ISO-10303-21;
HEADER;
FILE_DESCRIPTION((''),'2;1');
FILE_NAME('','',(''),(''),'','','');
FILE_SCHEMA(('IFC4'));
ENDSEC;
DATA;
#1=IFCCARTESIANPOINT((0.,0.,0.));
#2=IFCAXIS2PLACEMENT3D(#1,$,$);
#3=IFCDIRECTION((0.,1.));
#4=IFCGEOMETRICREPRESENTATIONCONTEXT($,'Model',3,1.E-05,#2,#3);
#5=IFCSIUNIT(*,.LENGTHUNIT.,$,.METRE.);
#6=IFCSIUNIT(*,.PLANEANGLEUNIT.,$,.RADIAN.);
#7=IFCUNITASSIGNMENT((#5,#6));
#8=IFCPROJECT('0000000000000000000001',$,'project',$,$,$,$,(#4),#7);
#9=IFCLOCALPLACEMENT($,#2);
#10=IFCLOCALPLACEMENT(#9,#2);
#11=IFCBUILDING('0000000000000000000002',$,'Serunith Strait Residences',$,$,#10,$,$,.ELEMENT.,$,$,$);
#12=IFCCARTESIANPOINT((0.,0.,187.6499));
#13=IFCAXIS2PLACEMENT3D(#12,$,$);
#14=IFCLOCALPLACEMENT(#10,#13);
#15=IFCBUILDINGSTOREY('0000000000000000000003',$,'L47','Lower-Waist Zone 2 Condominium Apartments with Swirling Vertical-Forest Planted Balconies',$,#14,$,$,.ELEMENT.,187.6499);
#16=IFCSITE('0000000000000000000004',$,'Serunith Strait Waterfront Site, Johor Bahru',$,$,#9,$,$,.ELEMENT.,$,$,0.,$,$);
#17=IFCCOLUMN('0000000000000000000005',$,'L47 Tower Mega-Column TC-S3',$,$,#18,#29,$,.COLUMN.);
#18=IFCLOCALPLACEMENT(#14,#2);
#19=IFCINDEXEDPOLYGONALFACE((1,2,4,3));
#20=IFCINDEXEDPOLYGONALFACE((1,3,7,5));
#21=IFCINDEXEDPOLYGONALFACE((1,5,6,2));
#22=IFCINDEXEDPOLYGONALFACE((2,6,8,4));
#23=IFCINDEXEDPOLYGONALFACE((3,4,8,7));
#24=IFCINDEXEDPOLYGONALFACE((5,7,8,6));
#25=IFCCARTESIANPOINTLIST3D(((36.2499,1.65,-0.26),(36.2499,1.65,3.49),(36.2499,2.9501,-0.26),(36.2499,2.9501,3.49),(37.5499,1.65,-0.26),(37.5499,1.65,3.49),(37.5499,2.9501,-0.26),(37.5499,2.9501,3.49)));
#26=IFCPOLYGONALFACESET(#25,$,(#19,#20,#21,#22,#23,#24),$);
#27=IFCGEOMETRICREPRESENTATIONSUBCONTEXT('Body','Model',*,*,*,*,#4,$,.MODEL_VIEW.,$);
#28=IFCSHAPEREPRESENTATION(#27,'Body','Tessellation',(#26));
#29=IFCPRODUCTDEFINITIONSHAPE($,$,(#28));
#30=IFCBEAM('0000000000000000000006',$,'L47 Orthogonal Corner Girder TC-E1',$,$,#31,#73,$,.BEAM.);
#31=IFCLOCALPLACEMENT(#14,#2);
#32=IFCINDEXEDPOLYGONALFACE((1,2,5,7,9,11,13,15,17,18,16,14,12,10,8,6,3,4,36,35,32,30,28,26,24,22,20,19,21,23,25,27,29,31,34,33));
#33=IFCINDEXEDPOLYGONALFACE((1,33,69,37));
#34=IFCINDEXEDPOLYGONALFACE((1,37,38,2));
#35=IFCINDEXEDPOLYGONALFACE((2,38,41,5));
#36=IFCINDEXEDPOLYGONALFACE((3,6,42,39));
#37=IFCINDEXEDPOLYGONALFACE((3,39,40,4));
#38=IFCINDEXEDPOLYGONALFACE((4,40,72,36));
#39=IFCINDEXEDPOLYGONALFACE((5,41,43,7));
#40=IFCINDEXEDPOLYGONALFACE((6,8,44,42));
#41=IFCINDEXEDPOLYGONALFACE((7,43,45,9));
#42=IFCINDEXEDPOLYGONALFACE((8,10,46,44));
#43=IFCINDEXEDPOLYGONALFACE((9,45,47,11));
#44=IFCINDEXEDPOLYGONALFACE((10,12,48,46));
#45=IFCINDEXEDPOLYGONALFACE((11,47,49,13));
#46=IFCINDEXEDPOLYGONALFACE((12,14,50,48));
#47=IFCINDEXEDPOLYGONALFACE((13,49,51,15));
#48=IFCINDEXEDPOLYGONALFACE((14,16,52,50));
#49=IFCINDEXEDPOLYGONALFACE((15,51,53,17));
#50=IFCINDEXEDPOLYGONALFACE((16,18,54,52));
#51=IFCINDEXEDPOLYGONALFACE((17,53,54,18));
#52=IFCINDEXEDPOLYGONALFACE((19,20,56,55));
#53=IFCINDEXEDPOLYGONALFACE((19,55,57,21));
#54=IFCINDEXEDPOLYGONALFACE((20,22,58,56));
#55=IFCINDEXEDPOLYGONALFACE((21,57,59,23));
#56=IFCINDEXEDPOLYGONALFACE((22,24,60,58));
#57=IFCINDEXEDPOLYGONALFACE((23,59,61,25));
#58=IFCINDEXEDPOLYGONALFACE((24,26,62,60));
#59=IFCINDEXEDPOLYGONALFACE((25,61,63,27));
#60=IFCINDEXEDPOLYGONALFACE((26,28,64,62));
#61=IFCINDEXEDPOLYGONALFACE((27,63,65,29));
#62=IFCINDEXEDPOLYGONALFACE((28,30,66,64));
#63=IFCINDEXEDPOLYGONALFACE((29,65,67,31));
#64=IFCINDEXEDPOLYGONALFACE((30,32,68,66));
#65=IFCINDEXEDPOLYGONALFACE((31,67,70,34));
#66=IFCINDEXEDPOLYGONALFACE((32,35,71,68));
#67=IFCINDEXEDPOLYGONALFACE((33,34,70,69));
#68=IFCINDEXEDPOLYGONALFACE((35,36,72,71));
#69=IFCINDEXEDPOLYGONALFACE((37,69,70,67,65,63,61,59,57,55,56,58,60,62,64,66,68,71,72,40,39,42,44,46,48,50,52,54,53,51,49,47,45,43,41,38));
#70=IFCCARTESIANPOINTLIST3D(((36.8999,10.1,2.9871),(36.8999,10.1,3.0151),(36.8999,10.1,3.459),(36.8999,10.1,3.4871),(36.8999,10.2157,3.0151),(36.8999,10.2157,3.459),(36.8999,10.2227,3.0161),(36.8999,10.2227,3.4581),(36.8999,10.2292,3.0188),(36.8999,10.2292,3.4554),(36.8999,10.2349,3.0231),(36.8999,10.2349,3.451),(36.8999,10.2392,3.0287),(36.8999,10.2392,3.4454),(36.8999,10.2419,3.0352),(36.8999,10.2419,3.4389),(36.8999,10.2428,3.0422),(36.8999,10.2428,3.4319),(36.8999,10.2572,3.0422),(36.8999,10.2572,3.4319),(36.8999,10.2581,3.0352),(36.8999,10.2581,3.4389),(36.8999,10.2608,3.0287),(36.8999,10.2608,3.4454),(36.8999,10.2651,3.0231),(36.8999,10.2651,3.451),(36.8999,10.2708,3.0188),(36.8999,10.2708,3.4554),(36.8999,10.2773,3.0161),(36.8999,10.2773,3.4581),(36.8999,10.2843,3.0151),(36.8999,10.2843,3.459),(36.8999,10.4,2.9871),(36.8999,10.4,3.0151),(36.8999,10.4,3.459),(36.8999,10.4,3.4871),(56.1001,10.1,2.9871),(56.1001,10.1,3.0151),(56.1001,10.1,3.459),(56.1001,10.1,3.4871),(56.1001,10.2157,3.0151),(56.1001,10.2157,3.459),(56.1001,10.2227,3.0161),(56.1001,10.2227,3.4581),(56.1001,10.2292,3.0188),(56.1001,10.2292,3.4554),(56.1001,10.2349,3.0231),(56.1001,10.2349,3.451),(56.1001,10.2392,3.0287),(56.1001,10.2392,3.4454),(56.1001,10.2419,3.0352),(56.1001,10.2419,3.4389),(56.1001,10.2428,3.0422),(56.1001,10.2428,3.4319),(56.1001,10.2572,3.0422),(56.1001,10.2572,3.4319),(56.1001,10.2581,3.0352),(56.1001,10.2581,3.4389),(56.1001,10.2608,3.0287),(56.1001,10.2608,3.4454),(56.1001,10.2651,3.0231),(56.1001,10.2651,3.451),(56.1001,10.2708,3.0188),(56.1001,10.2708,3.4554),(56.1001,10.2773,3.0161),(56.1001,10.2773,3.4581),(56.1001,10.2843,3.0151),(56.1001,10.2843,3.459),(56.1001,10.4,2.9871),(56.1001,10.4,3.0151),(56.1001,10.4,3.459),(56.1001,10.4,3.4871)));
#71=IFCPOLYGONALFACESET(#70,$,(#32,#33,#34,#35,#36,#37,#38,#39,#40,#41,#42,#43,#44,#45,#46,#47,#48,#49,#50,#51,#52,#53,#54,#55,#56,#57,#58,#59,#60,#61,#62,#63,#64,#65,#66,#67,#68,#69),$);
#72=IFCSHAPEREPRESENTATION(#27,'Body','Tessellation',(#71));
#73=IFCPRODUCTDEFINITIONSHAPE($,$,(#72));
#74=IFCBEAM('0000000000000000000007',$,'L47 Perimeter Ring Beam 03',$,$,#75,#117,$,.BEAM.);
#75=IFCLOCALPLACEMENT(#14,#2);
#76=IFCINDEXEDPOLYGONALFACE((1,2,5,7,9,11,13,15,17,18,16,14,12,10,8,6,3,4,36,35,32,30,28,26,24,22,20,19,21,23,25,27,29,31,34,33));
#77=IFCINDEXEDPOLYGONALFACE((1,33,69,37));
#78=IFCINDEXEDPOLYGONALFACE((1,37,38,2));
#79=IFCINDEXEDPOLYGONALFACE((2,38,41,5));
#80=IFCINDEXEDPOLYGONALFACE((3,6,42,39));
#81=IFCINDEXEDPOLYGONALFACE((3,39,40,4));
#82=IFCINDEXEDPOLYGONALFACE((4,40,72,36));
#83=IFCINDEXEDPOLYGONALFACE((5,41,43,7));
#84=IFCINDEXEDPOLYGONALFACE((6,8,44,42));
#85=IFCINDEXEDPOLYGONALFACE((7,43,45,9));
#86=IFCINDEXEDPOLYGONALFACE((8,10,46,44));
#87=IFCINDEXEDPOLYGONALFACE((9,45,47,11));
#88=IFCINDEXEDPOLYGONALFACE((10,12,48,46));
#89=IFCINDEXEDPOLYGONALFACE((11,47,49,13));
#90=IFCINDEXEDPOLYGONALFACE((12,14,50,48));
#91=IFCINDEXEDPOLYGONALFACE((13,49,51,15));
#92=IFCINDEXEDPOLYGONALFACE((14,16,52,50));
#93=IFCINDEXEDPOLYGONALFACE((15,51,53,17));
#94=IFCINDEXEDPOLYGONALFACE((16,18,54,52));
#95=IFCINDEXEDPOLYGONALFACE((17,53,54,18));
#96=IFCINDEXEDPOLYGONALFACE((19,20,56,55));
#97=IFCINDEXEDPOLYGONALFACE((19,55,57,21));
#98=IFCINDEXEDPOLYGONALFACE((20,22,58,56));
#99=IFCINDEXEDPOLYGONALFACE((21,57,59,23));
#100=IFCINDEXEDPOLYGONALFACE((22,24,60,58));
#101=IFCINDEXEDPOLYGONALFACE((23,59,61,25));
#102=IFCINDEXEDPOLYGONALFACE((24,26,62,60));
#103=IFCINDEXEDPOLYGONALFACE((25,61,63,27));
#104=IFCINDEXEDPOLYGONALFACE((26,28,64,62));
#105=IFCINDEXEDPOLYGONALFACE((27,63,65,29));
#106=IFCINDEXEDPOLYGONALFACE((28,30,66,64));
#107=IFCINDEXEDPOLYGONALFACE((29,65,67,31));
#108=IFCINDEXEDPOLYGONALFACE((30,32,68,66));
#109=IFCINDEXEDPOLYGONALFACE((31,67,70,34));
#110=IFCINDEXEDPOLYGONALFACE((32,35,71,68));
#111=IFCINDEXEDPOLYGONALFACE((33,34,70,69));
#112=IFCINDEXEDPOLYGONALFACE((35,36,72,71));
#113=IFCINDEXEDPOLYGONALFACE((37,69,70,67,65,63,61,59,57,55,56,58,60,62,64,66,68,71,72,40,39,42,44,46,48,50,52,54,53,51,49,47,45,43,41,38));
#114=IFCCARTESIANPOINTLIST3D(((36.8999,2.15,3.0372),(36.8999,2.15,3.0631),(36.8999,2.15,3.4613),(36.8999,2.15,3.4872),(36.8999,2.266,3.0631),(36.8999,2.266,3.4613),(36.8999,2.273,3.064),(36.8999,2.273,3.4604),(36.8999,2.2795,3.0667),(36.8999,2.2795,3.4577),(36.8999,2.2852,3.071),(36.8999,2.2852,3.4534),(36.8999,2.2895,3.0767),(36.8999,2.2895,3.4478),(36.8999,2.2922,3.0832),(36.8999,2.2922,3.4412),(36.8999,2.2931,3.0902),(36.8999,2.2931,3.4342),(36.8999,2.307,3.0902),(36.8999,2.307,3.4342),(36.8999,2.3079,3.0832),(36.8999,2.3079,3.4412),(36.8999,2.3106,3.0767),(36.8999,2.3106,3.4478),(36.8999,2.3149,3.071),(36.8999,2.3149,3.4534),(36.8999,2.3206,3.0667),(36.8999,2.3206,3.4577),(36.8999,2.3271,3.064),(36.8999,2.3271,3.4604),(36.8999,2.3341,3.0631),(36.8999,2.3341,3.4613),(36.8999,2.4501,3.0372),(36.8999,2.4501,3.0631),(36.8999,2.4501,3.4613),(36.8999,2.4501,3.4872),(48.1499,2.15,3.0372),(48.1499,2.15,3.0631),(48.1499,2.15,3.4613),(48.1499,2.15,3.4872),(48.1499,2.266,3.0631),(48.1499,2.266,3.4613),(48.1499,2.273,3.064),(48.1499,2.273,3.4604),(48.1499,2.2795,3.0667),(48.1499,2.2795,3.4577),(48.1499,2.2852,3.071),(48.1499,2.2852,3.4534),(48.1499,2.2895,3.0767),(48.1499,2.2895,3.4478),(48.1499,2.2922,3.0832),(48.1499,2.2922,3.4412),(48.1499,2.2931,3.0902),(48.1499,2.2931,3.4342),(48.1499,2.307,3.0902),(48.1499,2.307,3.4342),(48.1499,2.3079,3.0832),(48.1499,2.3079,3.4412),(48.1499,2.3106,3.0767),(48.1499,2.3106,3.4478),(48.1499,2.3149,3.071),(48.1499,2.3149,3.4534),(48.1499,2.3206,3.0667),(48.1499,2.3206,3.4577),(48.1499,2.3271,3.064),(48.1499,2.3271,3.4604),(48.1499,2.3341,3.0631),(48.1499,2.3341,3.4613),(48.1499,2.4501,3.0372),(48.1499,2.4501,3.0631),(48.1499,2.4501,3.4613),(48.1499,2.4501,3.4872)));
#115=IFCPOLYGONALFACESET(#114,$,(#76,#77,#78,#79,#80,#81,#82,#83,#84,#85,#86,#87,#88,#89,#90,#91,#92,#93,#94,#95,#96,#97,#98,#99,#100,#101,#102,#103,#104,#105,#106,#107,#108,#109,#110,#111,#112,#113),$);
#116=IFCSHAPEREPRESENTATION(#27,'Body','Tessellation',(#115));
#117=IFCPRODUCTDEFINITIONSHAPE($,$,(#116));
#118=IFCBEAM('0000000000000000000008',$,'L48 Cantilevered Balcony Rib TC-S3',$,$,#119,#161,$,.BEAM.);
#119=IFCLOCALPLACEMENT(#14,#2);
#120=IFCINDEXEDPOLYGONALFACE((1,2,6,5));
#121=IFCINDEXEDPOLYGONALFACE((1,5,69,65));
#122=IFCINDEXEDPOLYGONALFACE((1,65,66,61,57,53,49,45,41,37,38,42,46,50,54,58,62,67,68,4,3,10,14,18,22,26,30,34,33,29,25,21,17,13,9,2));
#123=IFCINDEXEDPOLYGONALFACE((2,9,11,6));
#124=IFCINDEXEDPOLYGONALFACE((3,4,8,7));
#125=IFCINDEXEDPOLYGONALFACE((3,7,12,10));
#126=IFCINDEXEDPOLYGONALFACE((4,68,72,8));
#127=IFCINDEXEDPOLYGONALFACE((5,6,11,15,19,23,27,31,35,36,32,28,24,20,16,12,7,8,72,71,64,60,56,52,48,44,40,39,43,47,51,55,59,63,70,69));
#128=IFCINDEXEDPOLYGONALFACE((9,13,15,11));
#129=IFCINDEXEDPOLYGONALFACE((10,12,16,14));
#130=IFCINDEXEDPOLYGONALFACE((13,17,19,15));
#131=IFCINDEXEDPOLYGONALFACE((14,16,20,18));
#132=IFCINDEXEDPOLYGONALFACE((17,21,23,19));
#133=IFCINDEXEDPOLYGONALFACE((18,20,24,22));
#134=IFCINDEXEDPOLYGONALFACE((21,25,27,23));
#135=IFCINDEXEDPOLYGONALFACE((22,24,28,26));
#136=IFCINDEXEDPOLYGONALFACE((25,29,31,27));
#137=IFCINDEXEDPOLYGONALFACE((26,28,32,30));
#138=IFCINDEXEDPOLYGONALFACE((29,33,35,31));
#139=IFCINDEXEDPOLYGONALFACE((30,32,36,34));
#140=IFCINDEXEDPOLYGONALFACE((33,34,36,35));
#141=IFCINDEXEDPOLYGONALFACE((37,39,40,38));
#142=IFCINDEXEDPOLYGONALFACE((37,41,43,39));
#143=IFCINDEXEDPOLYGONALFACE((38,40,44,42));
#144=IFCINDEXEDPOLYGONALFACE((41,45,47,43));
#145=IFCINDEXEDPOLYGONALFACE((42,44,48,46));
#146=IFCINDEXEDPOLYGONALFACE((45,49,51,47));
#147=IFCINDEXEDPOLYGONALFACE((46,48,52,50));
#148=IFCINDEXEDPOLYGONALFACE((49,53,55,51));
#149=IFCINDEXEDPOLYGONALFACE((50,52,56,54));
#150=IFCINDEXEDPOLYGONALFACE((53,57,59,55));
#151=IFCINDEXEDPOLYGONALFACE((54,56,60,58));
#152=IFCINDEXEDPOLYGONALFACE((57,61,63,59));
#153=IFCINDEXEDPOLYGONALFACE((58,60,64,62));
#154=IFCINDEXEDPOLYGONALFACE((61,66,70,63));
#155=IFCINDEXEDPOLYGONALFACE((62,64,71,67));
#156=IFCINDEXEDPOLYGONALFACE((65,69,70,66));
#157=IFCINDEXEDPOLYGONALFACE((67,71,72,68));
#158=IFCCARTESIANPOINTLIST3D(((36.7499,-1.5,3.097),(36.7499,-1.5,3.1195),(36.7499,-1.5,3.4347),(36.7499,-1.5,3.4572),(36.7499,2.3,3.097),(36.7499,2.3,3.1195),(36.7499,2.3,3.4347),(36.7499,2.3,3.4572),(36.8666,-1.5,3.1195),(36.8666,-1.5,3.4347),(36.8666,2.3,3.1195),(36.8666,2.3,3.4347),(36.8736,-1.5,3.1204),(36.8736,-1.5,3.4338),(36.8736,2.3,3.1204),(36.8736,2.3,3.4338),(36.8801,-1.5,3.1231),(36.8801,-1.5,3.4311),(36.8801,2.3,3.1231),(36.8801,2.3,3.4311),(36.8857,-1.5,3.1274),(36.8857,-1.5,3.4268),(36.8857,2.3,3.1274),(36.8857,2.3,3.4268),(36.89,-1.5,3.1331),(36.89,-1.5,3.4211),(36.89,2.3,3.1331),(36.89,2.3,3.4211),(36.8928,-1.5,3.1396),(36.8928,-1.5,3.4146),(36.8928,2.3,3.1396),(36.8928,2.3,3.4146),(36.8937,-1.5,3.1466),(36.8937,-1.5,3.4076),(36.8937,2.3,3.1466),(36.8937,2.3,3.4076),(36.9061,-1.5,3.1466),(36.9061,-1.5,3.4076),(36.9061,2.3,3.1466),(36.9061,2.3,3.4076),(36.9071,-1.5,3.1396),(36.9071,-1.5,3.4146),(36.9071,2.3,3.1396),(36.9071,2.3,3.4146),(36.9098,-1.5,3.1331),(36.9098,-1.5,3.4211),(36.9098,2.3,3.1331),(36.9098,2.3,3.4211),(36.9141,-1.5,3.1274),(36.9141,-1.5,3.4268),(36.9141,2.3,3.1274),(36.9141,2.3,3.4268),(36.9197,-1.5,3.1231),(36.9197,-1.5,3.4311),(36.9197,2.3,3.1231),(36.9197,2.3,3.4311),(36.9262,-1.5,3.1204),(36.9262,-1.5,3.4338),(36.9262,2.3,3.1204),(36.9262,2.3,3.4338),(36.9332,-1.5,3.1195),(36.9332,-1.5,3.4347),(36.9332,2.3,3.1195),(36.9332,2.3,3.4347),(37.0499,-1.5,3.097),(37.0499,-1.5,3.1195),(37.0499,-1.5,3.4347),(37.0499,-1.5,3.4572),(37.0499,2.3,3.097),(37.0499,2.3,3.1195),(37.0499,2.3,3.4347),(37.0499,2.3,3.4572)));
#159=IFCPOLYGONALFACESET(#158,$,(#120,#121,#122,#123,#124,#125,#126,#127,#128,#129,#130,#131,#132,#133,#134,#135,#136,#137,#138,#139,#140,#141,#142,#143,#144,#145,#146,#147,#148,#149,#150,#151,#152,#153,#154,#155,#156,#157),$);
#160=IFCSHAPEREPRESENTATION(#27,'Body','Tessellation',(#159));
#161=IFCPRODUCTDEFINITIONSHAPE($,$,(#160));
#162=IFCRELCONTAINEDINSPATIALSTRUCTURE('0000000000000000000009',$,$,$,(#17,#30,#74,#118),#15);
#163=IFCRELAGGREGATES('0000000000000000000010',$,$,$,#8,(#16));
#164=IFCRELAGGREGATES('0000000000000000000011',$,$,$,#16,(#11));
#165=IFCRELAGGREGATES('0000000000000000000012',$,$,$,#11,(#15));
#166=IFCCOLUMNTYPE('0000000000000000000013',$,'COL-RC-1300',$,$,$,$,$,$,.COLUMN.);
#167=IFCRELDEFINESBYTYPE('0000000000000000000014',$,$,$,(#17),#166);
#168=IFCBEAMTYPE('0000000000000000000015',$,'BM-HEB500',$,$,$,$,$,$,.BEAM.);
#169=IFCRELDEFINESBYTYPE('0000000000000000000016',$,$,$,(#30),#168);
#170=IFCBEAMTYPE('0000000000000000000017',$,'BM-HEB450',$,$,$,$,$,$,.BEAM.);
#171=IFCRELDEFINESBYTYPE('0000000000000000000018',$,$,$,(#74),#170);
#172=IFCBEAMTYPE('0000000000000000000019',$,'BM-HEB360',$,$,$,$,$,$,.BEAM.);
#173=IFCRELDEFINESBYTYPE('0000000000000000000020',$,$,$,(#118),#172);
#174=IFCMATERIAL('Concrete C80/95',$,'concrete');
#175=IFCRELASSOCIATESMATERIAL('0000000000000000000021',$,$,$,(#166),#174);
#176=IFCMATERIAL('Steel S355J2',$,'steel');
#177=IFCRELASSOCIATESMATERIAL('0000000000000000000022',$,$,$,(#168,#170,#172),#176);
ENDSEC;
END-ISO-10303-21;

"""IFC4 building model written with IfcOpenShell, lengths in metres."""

from ifc_helpers import new_model, si_unit, direction, frame, origin, origin_2d, place, context, subcontext, project, spatial, rectangle, i_section, extrude, source, transform, mapped, material, material_profile, profile_set, type_object, element, save


model = new_model("IFC4")

# Units and contexts
model_context = context("Model", 3, precision=1e-05, world=origin(), true_north=direction((0.0, 1.0)))
body_context = subcontext(model_context, "Body", "Model", "MODEL_VIEW")
ifc_project = project(units=[si_unit("LENGTHUNIT", "METRE"), si_unit("PLANEANGLEUNIT", "RADIAN")], contexts=[model_context])

# Site, building, storey
site_placement = place(None, origin())
site = spatial("IfcSite", under=ifc_project, at=site_placement, Name="Serunith Strait Waterfront Site, Johor Bahru", CompositionType="ELEMENT", RefElevation=0.0)
building_placement = place(site_placement, origin())
building = spatial("IfcBuilding", under=site, at=building_placement, Name="Serunith Strait Residences", CompositionType="ELEMENT")
storey_placement = place(building_placement, frame((0.0, 0.0, 187.6499)))
storey = spatial("IfcBuildingStorey", under=building, at=storey_placement, Name="L47", Description="Lower-Waist Zone 2 Condominium Apartments with Swirling Vertical-Forest Planted Balconies", CompositionType="ELEMENT", Elevation=187.6499)

# Column
ifc_material_1 = material(Name="Concrete C80/95", Category="concrete")
ifc_material_profile_1 = material_profile(ifc_material_1, rectangle(XDim=1.3, YDim=1.3, at=origin_2d()), Name="RC 1300x1300")
ifc_profile_set_1 = profile_set([ifc_material_profile_1], Name="Concrete C80/95")
column_type = type_object("IfcColumnType", Name="COL-RC-1300", PredefinedType="COLUMN", material=ifc_profile_set_1)
shared_shape_1 = source(origin(), body_context, "Body", "SweptSolid", [
    extrude(rectangle(XDim=1.3, YDim=1.3, at=origin_2d()), origin(), (0.0, 0.0, 1.0), 3.75),
])
column_placement = place(storey_placement, frame((36.8999, 2.3, -0.26), z_axis=(0.0, 0.0, 1.0), x_axis=(1.0, 0.0, 0.0)))
element("IfcColumn", 1, at=column_placement, inside=storey, type_object=column_type, Name="L47 Tower Mega-Column TC-S3", PredefinedType="COLUMN", context=body_context, shape_type="MappedRepresentation", body=[
    mapped(shared_shape_1, transform((0.0, 0.0, 0.0), scale=1.0)),
])

# Beams
ifc_material_2 = material(Name="Steel S355J2", Category="steel")
ifc_material_profile_2 = material_profile(ifc_material_2, i_section(OverallWidth=0.3, OverallDepth=0.5, WebThickness=0.0144, FlangeThickness=0.0281, FilletRadius=0.0271, at=origin_2d()), Name="HEB 500")
ifc_profile_set_2 = profile_set([ifc_material_profile_2], Name="Steel S355J2")
beam_type_1 = type_object("IfcBeamType", Name="BM-HEB500", PredefinedType="BEAM", material=ifc_profile_set_2)
shared_shape_2 = source(origin(), body_context, "Body", "SweptSolid", [
    extrude(i_section(OverallWidth=0.3, OverallDepth=0.5, WebThickness=0.0144, FlangeThickness=0.0281, FilletRadius=0.0271, at=origin_2d()), origin(), (0.0, 0.0, 1.0), 19.2002),
])
beam_1_placement = place(storey_placement, frame((36.8999, 10.25, 3.2371), z_axis=(1.0, 0.0, 0.0), x_axis=(0.0, 1.0, 0.0)))
element("IfcBeam", 2, at=beam_1_placement, inside=storey, type_object=beam_type_1, Name="L47 Orthogonal Corner Girder TC-E1", PredefinedType="BEAM", context=body_context, shape_type="MappedRepresentation", body=[
    mapped(shared_shape_2, transform((0.0, 0.0, 0.0), scale=1.0)),
])
ifc_material_profile_3 = material_profile(ifc_material_2, i_section(OverallWidth=0.3, OverallDepth=0.45, WebThickness=0.0139, FlangeThickness=0.0259, FilletRadius=0.0271, at=origin_2d()), Name="HEB 450")
ifc_profile_set_3 = profile_set([ifc_material_profile_3], Name="Steel S355J2")
beam_type_2 = type_object("IfcBeamType", Name="BM-HEB450", PredefinedType="BEAM", material=ifc_profile_set_3)
shared_shape_3 = source(origin(), body_context, "Body", "SweptSolid", [
    extrude(i_section(OverallWidth=0.3, OverallDepth=0.45, WebThickness=0.0139, FlangeThickness=0.0259, FilletRadius=0.0271, at=origin_2d()), origin(), (0.0, 0.0, 1.0), 11.25),
])
beam_2_placement = place(storey_placement, frame((36.8999, 2.3, 3.2622), z_axis=(1.0, 0.0, 0.0), x_axis=(0.0, 1.0, 0.0)))
element("IfcBeam", 3, at=beam_2_placement, inside=storey, type_object=beam_type_2, Name="L47 Perimeter Ring Beam 03", PredefinedType="BEAM", context=body_context, shape_type="MappedRepresentation", body=[
    mapped(shared_shape_3, transform((0.0, 0.0, 0.0), scale=1.0)),
])
ifc_material_profile_4 = material_profile(ifc_material_2, i_section(OverallWidth=0.3, OverallDepth=0.3601, WebThickness=0.0125, FlangeThickness=0.0225, FilletRadius=0.0271, at=origin_2d()), Name="HEB 360")
ifc_profile_set_4 = profile_set([ifc_material_profile_4], Name="Steel S355J2")
beam_type_3 = type_object("IfcBeamType", Name="BM-HEB360", PredefinedType="BEAM", material=ifc_profile_set_4)
shared_shape_4 = source(origin(), body_context, "Body", "SweptSolid", [
    extrude(i_section(OverallWidth=0.3, OverallDepth=0.3601, WebThickness=0.0125, FlangeThickness=0.0225, FilletRadius=0.0271, at=origin_2d()), origin(), (0.0, 0.0, 1.0), 3.8),
])
beam_3_placement = place(storey_placement, frame((36.8999, 2.3, 3.2771), z_axis=(0.0, -1.0, 0.0), x_axis=(1.0, 0.0, 0.0)))
element("IfcBeam", 4, at=beam_3_placement, inside=storey, type_object=beam_type_3, Name="L48 Cantilevered Balcony Rib TC-S3", PredefinedType="BEAM", context=body_context, shape_type="MappedRepresentation", body=[
    mapped(shared_shape_4, transform((0.0, 0.0, 0.0), scale=1.0)),
])

save(model, "model.ifc")
